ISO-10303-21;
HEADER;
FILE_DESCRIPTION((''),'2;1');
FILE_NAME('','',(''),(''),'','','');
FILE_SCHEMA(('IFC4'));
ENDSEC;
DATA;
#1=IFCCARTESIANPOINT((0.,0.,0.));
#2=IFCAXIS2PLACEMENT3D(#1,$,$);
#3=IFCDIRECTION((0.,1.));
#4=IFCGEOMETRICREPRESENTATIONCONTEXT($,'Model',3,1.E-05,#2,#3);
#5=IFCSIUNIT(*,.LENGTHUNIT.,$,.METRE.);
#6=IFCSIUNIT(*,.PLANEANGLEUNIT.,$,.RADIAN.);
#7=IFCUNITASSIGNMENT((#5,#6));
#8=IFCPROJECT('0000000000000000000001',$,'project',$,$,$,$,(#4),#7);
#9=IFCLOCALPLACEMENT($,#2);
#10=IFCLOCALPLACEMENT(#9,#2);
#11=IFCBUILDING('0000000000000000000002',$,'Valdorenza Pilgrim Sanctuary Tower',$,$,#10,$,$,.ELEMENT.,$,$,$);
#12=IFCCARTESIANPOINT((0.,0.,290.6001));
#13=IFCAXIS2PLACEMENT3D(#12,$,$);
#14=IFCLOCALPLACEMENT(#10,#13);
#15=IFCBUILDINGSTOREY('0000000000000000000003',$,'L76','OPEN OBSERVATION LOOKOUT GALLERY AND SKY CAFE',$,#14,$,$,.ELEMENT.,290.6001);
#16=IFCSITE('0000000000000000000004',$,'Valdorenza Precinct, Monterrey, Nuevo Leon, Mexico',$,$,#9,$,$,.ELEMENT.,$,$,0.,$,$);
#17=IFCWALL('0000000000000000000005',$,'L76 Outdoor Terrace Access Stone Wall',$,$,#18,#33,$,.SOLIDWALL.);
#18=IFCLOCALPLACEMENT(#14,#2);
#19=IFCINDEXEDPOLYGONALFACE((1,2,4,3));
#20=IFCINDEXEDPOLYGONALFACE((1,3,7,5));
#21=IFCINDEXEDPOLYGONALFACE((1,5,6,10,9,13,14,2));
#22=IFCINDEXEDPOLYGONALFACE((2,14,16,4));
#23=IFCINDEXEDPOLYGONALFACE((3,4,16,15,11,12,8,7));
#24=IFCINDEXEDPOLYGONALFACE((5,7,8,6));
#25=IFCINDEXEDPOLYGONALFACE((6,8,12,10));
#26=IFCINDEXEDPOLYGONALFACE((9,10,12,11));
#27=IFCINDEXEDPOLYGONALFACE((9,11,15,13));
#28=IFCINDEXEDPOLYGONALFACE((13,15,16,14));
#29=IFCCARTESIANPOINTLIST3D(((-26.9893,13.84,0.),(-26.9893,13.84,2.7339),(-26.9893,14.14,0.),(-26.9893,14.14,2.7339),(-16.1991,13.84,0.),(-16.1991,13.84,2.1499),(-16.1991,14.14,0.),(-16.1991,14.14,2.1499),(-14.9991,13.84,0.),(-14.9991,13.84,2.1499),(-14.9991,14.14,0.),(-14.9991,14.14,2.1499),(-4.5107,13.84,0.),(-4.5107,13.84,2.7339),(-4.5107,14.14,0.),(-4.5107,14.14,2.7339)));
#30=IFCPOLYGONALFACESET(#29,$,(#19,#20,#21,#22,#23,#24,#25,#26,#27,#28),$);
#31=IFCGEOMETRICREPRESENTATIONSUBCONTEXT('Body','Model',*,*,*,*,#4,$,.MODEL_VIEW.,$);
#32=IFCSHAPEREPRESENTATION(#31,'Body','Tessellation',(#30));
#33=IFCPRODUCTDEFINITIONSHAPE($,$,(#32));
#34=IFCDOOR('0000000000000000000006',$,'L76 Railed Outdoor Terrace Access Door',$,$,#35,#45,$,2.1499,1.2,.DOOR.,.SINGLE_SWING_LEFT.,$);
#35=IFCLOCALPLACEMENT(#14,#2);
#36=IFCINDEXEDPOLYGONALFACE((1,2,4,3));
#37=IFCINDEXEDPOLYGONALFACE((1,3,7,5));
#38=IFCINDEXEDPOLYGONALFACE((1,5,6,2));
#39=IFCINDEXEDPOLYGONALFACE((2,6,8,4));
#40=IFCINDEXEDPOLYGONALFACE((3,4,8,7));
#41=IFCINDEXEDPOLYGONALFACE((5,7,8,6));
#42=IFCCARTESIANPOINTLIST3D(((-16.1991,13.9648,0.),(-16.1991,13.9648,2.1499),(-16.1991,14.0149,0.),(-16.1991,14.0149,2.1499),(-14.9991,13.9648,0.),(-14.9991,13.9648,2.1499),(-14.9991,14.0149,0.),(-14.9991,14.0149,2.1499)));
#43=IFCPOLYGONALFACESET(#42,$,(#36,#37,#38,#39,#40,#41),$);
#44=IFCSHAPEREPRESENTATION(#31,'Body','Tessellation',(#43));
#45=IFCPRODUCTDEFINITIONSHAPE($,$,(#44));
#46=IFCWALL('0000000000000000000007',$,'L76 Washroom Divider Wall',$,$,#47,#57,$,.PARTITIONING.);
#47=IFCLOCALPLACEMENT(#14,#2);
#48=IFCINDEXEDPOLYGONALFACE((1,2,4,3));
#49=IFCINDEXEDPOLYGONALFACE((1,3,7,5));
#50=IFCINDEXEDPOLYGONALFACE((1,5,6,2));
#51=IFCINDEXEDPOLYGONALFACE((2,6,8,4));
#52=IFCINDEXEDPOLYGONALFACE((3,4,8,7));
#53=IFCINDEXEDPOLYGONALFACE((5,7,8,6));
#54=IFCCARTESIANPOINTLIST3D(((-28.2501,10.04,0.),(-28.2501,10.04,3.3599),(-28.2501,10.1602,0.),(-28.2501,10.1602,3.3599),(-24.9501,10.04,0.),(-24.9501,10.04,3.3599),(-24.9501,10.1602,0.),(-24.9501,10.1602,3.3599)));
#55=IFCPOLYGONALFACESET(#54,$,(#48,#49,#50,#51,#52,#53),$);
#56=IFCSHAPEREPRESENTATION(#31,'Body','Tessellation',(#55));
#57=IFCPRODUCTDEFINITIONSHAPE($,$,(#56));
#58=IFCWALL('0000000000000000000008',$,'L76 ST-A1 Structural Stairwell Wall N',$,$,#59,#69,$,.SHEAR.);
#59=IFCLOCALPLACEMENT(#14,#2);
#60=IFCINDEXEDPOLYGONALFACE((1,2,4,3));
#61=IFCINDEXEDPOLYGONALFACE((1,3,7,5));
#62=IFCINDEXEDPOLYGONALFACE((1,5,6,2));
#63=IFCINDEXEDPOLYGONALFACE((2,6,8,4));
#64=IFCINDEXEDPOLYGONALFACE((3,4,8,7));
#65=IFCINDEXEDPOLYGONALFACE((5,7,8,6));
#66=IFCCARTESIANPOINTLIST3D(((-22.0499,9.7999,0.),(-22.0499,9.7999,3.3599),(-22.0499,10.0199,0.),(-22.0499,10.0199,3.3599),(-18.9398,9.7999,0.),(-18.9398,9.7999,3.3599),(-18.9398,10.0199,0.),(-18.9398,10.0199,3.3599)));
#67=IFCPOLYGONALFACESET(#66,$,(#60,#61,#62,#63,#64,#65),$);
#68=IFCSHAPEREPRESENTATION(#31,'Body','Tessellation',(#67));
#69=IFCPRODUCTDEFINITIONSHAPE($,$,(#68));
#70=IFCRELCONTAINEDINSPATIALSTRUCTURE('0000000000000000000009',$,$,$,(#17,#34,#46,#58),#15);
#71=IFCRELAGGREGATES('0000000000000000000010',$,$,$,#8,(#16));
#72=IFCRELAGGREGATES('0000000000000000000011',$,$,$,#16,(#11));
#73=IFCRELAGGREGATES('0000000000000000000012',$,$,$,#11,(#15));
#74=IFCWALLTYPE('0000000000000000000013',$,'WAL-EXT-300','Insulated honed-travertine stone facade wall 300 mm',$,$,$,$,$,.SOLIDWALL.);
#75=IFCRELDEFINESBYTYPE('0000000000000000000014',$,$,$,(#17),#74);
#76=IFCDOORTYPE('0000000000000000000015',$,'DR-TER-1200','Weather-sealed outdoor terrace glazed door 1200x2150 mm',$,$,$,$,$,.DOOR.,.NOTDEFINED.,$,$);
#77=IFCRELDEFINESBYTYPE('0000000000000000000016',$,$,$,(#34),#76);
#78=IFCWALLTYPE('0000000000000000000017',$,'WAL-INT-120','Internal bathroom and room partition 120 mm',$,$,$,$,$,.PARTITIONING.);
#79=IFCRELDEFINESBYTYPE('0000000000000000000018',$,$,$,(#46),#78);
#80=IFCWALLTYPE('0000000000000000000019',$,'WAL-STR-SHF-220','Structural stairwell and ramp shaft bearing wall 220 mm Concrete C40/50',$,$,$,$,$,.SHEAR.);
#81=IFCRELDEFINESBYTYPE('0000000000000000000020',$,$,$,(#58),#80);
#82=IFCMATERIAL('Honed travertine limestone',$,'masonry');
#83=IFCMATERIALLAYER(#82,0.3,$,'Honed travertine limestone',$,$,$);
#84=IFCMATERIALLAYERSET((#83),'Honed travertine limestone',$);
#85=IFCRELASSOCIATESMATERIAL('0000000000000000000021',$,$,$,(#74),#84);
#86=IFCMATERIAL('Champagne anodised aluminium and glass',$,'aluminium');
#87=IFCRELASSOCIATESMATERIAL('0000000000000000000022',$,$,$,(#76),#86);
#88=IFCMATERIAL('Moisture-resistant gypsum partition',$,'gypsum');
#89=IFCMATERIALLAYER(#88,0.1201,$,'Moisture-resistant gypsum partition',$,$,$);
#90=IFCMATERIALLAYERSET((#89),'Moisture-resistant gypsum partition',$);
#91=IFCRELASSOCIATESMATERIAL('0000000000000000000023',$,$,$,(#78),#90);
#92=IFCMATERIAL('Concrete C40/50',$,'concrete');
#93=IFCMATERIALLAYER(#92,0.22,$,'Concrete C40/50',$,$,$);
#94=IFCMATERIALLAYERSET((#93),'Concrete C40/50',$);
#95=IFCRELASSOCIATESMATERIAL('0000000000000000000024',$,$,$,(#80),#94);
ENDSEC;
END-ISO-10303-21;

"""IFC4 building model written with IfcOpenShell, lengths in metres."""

from ifc_helpers import new_model, si_unit, direction, frame, frame_2d, origin, place, context, subcontext, project, spatial, rectangle, extrude, material, layer, layer_set, type_object, element, fill, save


model = new_model("IFC4")

# Units and contexts
model_context = context("Model", 3, precision=1e-05, world=origin(), true_north=direction((0.0, 1.0)))
body_context = subcontext(model_context, "Body", "Model", "MODEL_VIEW")
ifc_project = project(units=[si_unit("LENGTHUNIT", "METRE"), si_unit("PLANEANGLEUNIT", "RADIAN")], contexts=[model_context])

# Site, building, storey
site_placement = place(None, origin())
site = spatial("IfcSite", under=ifc_project, at=site_placement, Name="Valdorenza Precinct, Monterrey, Nuevo Leon, Mexico", CompositionType="ELEMENT", RefElevation=0.0)
building_placement = place(site_placement, origin())
building = spatial("IfcBuilding", under=site, at=building_placement, Name="Valdorenza Pilgrim Sanctuary Tower", CompositionType="ELEMENT")
storey_placement = place(building_placement, frame((0.0, 0.0, 290.6001)))
storey = spatial("IfcBuildingStorey", under=building, at=storey_placement, Name="L76", Description="OPEN OBSERVATION LOOKOUT GALLERY AND SKY CAFE", CompositionType="ELEMENT", Elevation=290.6001)

# Shared definitions
ifc_material_1 = material(Name="Honed travertine limestone", Category="masonry")
ifc_layer_1 = layer(ifc_material_1, 0.3, Name="Honed travertine limestone")
ifc_layer_set_1 = layer_set([ifc_layer_1], Name="Honed travertine limestone")
wall_type_1 = type_object("IfcWallType", Name="WAL-EXT-300", Description="Insulated honed-travertine stone facade wall 300 mm", PredefinedType="SOLIDWALL", material=ifc_layer_set_1)

# Wall, opening, door
wall_1_placement = place(storey_placement, frame((-26.9893, 13.99, 0.0), z_axis=(0.0, 0.0, 1.0), x_axis=(1.0, 0.0, 0.0)))
wall_1 = element("IfcWall", 1, at=wall_1_placement, inside=storey, type_object=wall_type_1, Name="L76 Outdoor Terrace Access Stone Wall", PredefinedType="SOLIDWALL", context=body_context, shape_type="SweptSolid", body=[
    extrude(rectangle(XDim=22.4785, YDim=0.3, at=frame_2d((11.2393, 0.0))), origin(), (0.0, 0.0, 1.0), 2.7339),
])
opening_1_placement = place(wall_1_placement, frame((10.79, 0.0, 0.0)))
opening_1 = element("IfcOpeningElement", 2, at=opening_1_placement, cuts=wall_1, PredefinedType="OPENING", context=body_context, shape_type="SweptSolid", body=[
    extrude(rectangle(XDim=1.2, YDim=2.1499, at=frame_2d((0.6001, 1.075))), frame((0.0, 0.165, 0.0), z_axis=(0.0, -1.0, 0.0), x_axis=(1.0, 0.0, 0.0)), (0.0, 0.0, 1.0), 0.3298),
])
ifc_material_2 = material(Name="Champagne anodised aluminium and glass", Category="aluminium")
door_type_1 = type_object("IfcDoorType", Name="DR-TER-1200", Description="Weather-sealed outdoor terrace glazed door 1200x2150 mm", OperationType="NOTDEFINED", PredefinedType="DOOR", material=ifc_material_2)
door_1_placement = place(opening_1_placement, origin())
door_1 = element("IfcDoor", 3, at=door_1_placement, inside=storey, type_object=door_type_1, Name="L76 Railed Outdoor Terrace Access Door", OperationType="SINGLE_SWING_LEFT", OverallHeight=2.1499, OverallWidth=1.2, PredefinedType="DOOR", context=body_context, shape_type="SweptSolid", body=[
    extrude(rectangle(XDim=1.2, YDim=2.1499, at=frame_2d((0.6001, 1.075))), frame((0.0, 0.0249, 0.0), z_axis=(0.0, -1.0, 0.0), x_axis=(1.0, 0.0, 0.0)), (0.0, 0.0, 1.0), 0.05),
])
fill(opening_1, door_1)

# Walls
ifc_material_3 = material(Name="Moisture-resistant gypsum partition", Category="gypsum")
ifc_layer_2 = layer(ifc_material_3, 0.1201, Name="Moisture-resistant gypsum partition")
ifc_layer_set_2 = layer_set([ifc_layer_2], Name="Moisture-resistant gypsum partition")
wall_type_2 = type_object("IfcWallType", Name="WAL-INT-120", Description="Internal bathroom and room partition 120 mm", PredefinedType="PARTITIONING", material=ifc_layer_set_2)
wall_2_placement = place(storey_placement, frame((-28.25, 10.1001, 0.0), z_axis=(0.0, 0.0, 1.0), x_axis=(1.0, 0.0, 0.0)))
element("IfcWall", 4, at=wall_2_placement, inside=storey, type_object=wall_type_2, Name="L76 Washroom Divider Wall", PredefinedType="PARTITIONING", context=body_context, shape_type="SweptSolid", body=[
    extrude(rectangle(XDim=3.3, YDim=0.1201, at=frame_2d((1.6499, 0.0))), origin(), (0.0, 0.0, 1.0), 3.3599),
])
ifc_material_4 = material(Name="Concrete C40/50", Category="concrete")
ifc_layer_3 = layer(ifc_material_4, 0.22, Name="Concrete C40/50")
ifc_layer_set_3 = layer_set([ifc_layer_3], Name="Concrete C40/50")
wall_type_3 = type_object("IfcWallType", Name="WAL-STR-SHF-220", Description="Structural stairwell and ramp shaft bearing wall 220 mm Concrete C40/50", PredefinedType="SHEAR", material=ifc_layer_set_3)
wall_3_placement = place(storey_placement, frame((-22.05, 9.9099, 0.0), z_axis=(0.0, 0.0, 1.0), x_axis=(1.0, 0.0, 0.0)))
element("IfcWall", 5, at=wall_3_placement, inside=storey, type_object=wall_type_3, Name="L76 ST-A1 Structural Stairwell Wall N", PredefinedType="SHEAR", context=body_context, shape_type="SweptSolid", body=[
    extrude(rectangle(XDim=3.1101, YDim=0.22, at=frame_2d((1.5552, 0.0))), origin(), (0.0, 0.0, 1.0), 3.3599),
])

save(model, "model.ifc")
